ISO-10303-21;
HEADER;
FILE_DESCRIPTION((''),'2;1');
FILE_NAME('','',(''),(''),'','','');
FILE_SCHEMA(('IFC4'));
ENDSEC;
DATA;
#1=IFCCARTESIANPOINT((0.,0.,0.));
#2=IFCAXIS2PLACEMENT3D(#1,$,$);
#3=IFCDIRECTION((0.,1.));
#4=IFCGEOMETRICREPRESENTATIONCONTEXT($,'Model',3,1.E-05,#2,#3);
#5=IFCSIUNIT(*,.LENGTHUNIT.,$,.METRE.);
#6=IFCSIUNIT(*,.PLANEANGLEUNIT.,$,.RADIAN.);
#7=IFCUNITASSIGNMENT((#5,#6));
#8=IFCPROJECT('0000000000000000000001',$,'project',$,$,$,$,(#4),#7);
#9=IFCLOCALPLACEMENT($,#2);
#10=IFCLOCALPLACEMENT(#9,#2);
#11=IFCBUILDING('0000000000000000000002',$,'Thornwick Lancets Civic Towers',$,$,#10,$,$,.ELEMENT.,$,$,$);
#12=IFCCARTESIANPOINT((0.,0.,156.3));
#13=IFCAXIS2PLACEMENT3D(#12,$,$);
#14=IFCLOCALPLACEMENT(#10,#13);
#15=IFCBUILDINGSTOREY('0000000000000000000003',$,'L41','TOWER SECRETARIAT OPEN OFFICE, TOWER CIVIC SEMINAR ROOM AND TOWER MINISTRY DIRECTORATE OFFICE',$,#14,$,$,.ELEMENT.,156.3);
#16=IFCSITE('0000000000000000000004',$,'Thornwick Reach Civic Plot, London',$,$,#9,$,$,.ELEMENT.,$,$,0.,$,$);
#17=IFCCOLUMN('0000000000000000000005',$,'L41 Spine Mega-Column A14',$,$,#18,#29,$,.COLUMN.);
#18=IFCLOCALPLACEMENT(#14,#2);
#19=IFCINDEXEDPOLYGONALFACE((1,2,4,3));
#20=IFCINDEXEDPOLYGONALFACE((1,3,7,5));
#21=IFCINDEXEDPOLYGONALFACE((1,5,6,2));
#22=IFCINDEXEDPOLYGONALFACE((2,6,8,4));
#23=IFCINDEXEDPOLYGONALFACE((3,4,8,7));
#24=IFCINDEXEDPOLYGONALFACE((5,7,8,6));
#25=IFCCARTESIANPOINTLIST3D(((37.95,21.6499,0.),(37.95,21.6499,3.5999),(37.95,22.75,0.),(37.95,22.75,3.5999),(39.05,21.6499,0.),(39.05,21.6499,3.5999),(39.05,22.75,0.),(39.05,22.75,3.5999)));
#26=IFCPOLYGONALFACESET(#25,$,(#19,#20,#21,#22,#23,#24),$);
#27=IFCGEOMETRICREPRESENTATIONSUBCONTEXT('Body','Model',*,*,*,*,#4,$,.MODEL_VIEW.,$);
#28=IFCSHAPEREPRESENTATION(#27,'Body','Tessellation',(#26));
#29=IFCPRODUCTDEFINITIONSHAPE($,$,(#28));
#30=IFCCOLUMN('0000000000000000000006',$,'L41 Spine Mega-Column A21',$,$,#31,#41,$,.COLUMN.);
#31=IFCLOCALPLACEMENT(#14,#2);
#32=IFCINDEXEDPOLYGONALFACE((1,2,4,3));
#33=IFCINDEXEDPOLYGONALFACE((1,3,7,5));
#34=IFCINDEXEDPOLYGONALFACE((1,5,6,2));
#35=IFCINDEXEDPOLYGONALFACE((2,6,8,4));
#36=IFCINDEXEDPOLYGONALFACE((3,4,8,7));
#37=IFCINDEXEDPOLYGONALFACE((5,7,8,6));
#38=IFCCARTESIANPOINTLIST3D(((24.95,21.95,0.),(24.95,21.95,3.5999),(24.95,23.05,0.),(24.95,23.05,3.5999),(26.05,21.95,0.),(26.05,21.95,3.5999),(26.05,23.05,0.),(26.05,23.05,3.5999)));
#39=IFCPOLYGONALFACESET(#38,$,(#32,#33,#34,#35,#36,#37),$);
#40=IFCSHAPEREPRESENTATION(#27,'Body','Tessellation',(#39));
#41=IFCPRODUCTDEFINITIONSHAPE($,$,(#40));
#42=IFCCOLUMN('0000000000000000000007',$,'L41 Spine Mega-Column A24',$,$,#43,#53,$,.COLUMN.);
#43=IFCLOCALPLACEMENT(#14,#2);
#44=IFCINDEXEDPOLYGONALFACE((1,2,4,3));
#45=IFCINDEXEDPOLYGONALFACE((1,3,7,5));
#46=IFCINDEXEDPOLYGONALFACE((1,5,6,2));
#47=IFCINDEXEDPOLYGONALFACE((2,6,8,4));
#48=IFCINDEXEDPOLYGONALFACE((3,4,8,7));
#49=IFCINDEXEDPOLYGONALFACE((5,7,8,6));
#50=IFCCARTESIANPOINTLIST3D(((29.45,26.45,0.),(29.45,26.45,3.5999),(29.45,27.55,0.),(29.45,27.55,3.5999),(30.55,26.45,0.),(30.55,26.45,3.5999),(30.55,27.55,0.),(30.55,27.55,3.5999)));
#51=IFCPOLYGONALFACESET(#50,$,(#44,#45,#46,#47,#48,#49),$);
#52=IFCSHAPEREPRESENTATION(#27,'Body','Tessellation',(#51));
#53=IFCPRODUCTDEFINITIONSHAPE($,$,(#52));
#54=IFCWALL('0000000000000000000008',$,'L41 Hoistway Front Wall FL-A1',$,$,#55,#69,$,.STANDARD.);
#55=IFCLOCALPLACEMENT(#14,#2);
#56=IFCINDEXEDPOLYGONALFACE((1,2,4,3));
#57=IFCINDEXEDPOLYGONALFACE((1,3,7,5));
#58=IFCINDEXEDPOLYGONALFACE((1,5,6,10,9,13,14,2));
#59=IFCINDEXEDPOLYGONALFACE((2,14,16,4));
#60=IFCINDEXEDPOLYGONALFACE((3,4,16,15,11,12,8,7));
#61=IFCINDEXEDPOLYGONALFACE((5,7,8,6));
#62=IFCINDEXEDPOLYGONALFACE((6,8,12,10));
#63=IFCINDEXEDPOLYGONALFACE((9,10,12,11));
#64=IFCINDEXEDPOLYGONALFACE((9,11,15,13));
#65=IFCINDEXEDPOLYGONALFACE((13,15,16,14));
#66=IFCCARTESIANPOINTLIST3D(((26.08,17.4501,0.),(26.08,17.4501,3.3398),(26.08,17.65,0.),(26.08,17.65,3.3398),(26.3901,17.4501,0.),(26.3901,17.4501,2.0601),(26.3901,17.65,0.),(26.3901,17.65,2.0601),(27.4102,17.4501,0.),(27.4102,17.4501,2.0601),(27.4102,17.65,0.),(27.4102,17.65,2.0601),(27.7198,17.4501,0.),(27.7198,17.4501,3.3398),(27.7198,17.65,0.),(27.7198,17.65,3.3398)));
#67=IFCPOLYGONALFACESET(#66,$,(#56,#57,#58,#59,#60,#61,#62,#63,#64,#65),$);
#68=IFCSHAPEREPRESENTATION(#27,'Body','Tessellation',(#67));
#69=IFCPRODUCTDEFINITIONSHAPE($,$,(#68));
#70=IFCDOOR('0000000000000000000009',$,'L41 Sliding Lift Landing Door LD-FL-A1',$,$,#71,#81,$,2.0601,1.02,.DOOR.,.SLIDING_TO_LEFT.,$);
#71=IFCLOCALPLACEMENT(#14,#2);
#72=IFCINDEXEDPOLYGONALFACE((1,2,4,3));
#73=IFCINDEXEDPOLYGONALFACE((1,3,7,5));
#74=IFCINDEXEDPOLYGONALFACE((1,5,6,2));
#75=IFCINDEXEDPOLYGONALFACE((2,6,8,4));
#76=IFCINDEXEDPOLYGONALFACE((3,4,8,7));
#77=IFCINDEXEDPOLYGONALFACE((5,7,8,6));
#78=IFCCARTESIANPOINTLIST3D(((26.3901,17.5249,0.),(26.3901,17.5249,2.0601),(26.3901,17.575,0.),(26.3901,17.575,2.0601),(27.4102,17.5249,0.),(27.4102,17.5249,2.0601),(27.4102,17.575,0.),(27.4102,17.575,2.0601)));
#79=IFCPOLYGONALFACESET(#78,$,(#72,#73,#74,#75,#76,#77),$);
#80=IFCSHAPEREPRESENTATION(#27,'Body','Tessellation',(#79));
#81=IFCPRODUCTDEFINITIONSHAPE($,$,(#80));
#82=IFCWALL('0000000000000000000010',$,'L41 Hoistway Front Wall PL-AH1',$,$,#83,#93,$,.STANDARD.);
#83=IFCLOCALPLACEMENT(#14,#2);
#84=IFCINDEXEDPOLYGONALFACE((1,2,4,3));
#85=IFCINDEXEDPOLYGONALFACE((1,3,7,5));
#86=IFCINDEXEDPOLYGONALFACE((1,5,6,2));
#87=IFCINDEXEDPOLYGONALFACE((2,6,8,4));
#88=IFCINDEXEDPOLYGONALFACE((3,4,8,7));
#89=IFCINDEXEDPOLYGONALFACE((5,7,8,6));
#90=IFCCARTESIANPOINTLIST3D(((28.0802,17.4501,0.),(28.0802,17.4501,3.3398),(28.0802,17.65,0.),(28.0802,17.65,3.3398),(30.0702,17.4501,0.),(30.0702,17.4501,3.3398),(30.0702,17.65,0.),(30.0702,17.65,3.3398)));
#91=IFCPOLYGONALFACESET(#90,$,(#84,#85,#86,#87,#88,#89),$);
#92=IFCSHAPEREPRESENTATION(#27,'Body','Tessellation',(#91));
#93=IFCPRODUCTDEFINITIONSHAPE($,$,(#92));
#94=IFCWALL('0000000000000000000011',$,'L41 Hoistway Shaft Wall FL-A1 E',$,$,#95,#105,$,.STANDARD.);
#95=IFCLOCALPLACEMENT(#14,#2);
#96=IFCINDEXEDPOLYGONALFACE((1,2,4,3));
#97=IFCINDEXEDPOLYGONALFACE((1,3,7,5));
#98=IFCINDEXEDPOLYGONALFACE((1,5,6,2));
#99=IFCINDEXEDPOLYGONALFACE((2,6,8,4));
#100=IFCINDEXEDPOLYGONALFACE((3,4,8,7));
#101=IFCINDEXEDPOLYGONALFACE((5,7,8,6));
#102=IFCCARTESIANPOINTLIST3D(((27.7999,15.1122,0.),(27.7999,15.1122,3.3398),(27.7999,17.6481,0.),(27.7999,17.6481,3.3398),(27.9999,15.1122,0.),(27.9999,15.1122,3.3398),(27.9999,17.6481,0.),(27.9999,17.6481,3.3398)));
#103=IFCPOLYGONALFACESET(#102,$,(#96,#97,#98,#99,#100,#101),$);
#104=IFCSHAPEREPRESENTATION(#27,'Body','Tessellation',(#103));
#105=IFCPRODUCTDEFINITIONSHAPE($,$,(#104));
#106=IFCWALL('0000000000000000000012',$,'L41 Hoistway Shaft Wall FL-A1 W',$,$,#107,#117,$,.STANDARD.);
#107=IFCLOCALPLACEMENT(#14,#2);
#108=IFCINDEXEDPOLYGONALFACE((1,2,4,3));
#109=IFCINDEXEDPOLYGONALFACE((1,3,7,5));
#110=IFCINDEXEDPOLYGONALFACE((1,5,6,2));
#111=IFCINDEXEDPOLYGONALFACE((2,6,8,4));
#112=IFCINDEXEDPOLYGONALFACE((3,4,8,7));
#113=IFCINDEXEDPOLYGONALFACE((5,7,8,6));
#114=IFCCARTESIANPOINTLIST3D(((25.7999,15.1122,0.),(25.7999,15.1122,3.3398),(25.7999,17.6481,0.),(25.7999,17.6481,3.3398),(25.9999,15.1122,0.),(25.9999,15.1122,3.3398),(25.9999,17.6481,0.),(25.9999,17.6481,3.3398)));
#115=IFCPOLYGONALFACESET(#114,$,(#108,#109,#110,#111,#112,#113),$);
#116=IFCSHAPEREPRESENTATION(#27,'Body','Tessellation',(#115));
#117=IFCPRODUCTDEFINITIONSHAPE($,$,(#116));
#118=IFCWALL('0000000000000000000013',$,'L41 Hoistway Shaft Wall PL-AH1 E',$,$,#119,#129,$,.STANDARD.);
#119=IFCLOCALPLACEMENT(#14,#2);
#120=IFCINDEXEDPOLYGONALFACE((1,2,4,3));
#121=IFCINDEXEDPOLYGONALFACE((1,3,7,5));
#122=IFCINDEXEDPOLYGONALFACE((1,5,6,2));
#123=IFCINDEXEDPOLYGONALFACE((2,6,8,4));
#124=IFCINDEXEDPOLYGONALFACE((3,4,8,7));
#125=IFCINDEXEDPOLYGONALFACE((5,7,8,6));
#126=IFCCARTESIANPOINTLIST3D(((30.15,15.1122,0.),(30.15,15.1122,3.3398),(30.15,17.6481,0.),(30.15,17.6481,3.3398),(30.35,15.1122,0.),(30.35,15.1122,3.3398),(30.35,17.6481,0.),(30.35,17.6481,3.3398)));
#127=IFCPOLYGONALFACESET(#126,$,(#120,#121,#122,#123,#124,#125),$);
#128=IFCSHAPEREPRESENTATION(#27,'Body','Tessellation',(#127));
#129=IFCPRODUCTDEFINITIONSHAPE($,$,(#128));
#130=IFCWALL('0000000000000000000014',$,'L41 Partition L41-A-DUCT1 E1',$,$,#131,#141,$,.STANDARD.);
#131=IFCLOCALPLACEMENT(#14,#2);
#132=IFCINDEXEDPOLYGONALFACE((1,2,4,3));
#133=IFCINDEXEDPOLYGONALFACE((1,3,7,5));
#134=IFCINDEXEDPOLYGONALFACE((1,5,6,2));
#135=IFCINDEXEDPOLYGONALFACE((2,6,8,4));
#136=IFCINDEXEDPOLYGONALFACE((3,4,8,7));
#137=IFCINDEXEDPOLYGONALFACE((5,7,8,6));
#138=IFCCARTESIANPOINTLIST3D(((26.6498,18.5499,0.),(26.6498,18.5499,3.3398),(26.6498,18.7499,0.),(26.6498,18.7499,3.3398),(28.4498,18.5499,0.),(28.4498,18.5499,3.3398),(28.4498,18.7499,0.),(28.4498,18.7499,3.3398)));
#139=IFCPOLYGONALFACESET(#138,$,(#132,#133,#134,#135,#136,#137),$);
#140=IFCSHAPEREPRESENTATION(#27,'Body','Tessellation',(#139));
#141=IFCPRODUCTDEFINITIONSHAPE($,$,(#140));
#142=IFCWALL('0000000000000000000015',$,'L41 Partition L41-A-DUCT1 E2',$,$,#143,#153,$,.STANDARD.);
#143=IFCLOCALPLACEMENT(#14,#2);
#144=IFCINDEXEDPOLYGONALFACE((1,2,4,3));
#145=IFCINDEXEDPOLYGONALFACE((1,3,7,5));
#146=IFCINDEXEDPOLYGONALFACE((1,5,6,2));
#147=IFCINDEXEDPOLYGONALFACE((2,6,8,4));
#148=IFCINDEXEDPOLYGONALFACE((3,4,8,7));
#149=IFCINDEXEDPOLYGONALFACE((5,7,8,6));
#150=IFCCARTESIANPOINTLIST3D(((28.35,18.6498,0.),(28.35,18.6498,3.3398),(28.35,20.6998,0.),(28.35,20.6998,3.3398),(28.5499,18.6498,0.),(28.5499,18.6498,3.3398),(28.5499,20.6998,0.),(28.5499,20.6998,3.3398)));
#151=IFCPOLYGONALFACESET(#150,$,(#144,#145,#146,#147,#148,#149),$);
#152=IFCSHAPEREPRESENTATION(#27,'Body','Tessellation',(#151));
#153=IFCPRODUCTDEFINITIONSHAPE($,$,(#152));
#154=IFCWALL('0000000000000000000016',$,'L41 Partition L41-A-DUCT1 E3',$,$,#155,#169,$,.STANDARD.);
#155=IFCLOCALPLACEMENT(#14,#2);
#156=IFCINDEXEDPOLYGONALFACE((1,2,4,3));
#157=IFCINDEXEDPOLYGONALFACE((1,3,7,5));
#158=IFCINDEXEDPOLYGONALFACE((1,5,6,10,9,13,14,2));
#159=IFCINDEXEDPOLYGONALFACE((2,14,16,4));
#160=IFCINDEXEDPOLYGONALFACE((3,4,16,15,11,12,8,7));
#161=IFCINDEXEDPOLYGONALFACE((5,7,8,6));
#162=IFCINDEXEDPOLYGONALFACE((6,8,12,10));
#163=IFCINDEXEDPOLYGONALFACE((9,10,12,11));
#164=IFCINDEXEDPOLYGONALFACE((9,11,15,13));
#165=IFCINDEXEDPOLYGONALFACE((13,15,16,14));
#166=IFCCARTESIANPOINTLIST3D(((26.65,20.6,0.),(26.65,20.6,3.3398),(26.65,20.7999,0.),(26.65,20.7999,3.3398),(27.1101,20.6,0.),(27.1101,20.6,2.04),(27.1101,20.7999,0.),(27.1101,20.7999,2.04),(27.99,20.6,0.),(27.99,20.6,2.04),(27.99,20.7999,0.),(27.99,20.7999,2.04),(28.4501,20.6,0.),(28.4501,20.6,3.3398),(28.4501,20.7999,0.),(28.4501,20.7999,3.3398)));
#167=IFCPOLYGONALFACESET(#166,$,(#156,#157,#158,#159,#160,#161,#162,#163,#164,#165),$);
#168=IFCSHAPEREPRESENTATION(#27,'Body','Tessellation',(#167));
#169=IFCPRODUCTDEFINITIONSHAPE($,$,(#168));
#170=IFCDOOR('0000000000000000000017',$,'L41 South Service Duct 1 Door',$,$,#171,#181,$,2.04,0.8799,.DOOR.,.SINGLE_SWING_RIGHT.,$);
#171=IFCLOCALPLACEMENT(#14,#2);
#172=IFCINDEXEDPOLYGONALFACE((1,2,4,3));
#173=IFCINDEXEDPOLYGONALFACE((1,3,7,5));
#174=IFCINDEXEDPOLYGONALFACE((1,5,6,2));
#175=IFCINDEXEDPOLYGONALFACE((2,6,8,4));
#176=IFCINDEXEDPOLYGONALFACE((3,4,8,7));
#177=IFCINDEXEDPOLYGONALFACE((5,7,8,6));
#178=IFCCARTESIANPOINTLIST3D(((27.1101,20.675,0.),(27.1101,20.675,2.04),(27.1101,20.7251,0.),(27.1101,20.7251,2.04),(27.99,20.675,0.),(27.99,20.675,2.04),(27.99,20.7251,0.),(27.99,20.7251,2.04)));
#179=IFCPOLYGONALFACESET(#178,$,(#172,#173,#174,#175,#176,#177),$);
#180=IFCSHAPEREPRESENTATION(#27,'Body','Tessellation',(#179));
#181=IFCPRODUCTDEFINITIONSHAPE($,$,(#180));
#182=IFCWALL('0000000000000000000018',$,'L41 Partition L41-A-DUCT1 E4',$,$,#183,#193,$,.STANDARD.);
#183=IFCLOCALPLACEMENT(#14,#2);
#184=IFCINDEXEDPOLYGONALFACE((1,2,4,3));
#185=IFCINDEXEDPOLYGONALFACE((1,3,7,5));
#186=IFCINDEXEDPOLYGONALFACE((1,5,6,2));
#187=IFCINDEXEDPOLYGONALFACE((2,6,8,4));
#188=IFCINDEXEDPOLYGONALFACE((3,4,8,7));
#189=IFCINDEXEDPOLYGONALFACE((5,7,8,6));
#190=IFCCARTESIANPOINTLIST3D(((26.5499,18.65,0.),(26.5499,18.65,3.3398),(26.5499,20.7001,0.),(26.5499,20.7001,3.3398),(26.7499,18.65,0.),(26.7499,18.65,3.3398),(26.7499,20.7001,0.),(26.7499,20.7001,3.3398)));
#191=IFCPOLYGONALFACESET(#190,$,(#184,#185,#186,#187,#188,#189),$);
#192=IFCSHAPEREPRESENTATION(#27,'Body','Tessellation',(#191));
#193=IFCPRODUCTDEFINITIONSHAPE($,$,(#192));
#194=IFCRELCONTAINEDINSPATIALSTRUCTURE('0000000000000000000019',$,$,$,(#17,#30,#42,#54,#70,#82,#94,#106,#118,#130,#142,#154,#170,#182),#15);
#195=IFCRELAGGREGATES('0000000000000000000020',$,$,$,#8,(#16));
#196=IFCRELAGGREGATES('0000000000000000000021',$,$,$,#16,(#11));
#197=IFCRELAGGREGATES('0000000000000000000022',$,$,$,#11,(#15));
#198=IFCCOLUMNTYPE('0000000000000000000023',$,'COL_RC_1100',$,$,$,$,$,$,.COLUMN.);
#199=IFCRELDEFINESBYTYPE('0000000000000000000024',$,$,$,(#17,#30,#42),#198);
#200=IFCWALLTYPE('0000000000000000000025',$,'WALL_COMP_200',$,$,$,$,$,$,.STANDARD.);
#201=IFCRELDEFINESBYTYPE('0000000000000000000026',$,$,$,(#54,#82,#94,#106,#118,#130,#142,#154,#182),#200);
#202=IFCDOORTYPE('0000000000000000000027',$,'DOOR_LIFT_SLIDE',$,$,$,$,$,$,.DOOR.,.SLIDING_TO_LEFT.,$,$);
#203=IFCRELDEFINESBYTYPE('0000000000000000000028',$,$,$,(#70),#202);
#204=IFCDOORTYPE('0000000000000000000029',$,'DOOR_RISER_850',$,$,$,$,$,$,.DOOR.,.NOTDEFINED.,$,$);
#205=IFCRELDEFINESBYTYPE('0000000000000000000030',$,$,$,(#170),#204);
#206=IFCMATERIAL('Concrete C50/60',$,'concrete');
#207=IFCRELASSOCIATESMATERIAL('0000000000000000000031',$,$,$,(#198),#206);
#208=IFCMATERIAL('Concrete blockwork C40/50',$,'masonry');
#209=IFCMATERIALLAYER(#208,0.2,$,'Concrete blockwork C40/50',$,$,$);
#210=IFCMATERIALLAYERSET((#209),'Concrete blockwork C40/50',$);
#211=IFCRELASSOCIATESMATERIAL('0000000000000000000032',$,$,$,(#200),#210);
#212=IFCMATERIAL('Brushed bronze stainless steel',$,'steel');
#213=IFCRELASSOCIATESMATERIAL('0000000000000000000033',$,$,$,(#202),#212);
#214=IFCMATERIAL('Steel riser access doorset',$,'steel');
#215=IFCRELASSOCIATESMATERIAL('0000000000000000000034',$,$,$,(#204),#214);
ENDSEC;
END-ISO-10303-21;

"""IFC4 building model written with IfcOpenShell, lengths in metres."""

from ifc_helpers import new_model, si_unit, direction, frame, frame_2d, origin, origin_2d, place, context, subcontext, project, spatial, rectangle, extrude, material, layer, layer_set, material_profile, profile_set, type_object, element, fill, save


model = new_model("IFC4")

# Units and contexts
model_context = context("Model", 3, precision=1e-05, world=origin(), true_north=direction((0.0, 1.0)))
body_context = subcontext(model_context, "Body", "Model", "MODEL_VIEW")
ifc_project = project(units=[si_unit("LENGTHUNIT", "METRE"), si_unit("PLANEANGLEUNIT", "RADIAN")], contexts=[model_context])

# Site, building, storey
site_placement = place(None, origin())
site = spatial("IfcSite", under=ifc_project, at=site_placement, Name="Thornwick Reach Civic Plot, London", CompositionType="ELEMENT", RefElevation=0.0)
building_placement = place(site_placement, origin())
building = spatial("IfcBuilding", under=site, at=building_placement, Name="Thornwick Lancets Civic Towers", CompositionType="ELEMENT")
storey_placement = place(building_placement, frame((0.0, 0.0, 156.3)))
storey = spatial("IfcBuildingStorey", under=building, at=storey_placement, Name="L41", Description="TOWER SECRETARIAT OPEN OFFICE, TOWER CIVIC SEMINAR ROOM AND TOWER MINISTRY DIRECTORATE OFFICE", CompositionType="ELEMENT", Elevation=156.3)

# Columns
ifc_material_1 = material(Name="Concrete C50/60", Category="concrete")
ifc_material_profile = material_profile(ifc_material_1, rectangle(XDim=1.1001, YDim=1.1001, at=origin_2d()), Name="RC 1100x1100")
ifc_profile_set = profile_set([ifc_material_profile], Name="Concrete C50/60")
column_type = type_object("IfcColumnType", Name="COL_RC_1100", PredefinedType="COLUMN", material=ifc_profile_set)
for number, where, z_axis, x_axis, name in (
    (1, (38.5, 22.2, 0.0), (0.0, 0.0, 1.0), (1.0, 0.0, 0.0), "L41 Spine Mega-Column A14"),
    (2, (25.5, 22.5, 0.0), (0.0, 0.0, 1.0), (1.0, 0.0, 0.0), "L41 Spine Mega-Column A21"),
    (3, (30.0, 27.0, 0.0), (0.0, 0.0, 1.0), (1.0, 0.0, 0.0), "L41 Spine Mega-Column A24"),
):
    element("IfcColumn", number, at=place(storey_placement, frame(where, z_axis=z_axis, x_axis=x_axis)), inside=storey, type_object=column_type, Name=name, PredefinedType="COLUMN", context=body_context, shape_type="SweptSolid", body=[
        extrude(rectangle(XDim=1.1001, YDim=1.1001, at=origin_2d()), origin(), (0.0, 0.0, 1.0), 3.5999),
    ])

# Wall, opening, door
ifc_material_2 = material(Name="Concrete blockwork C40/50", Category="masonry")
ifc_layer_1 = layer(ifc_material_2, 0.2, Name="Concrete blockwork C40/50")
ifc_layer_set_1 = layer_set([ifc_layer_1], Name="Concrete blockwork C40/50")
wall_type_1 = type_object("IfcWallType", Name="WALL_COMP_200", PredefinedType="STANDARD", material=ifc_layer_set_1)
wall_1_placement = place(storey_placement, frame((26.0801, 17.55, 0.0), z_axis=(0.0, 0.0, 1.0), x_axis=(1.0, 0.0, 0.0)))
wall_1 = element("IfcWall", 4, at=wall_1_placement, inside=storey, type_object=wall_type_1, Name="L41 Hoistway Front Wall FL-A1", PredefinedType="STANDARD", context=body_context, shape_type="SweptSolid", body=[
    extrude(rectangle(XDim=1.6399, YDim=0.2, at=frame_2d((0.8198, 0.0))), origin(), (0.0, 0.0, 1.0), 3.3398),
])
opening_1_placement = place(wall_1_placement, frame((0.3101, 0.0, 0.0)))
opening_1 = element("IfcOpeningElement", 5, at=opening_1_placement, cuts=wall_1, PredefinedType="OPENING", context=body_context, shape_type="SweptSolid", body=[
    extrude(rectangle(XDim=1.02, YDim=2.0601, at=frame_2d((0.51, 1.03))), frame((0.0, 0.1099, 0.0), z_axis=(0.0, -1.0, 0.0), x_axis=(1.0, 0.0, 0.0)), (0.0, 0.0, 1.0), 0.22),
])
ifc_material_3 = material(Name="Brushed bronze stainless steel", Category="steel")
door_type_1 = type_object("IfcDoorType", Name="DOOR_LIFT_SLIDE", OperationType="SLIDING_TO_LEFT", PredefinedType="DOOR", material=ifc_material_3)
door_1_placement = place(opening_1_placement, origin())
door_1 = element("IfcDoor", 6, at=door_1_placement, inside=storey, type_object=door_type_1, Name="L41 Sliding Lift Landing Door LD-FL-A1", OperationType="SLIDING_TO_LEFT", OverallHeight=2.0601, OverallWidth=1.02, PredefinedType="DOOR", context=body_context, shape_type="SweptSolid", body=[
    extrude(rectangle(XDim=1.02, YDim=2.0601, at=frame_2d((0.51, 1.03))), frame((0.0, 0.0249, 0.0), z_axis=(0.0, -1.0, 0.0), x_axis=(1.0, 0.0, 0.0)), (0.0, 0.0, 1.0), 0.05),
])
fill(opening_1, door_1)

# Walls
wall_2_placement = place(storey_placement, frame((28.0801, 17.55, 0.0), z_axis=(0.0, 0.0, 1.0), x_axis=(1.0, 0.0, 0.0)))
element("IfcWall", 7, at=wall_2_placement, inside=storey, type_object=wall_type_1, Name="L41 Hoistway Front Wall PL-AH1", PredefinedType="STANDARD", context=body_context, shape_type="SweptSolid", body=[
    extrude(rectangle(XDim=1.99, YDim=0.2, at=frame_2d((0.9951, 0.0))), origin(), (0.0, 0.0, 1.0), 3.3398),
])
for number, where, z_axis, x_axis, name in (
    (8, (27.8999, 15.1121, 0.0), (0.0, 0.0, 1.0), (0.0, 1.0, 0.0), "L41 Hoistway Shaft Wall FL-A1 E"),
    (9, (25.8999, 15.1121, 0.0), (0.0, 0.0, 1.0), (0.0, 1.0, 0.0), "L41 Hoistway Shaft Wall FL-A1 W"),
    (10, (30.25, 15.1121, 0.0), (0.0, 0.0, 1.0), (0.0, 1.0, 0.0), "L41 Hoistway Shaft Wall PL-AH1 E"),
):
    element("IfcWall", number, at=place(storey_placement, frame(where, z_axis=z_axis, x_axis=x_axis)), inside=storey, type_object=wall_type_1, Name=name, PredefinedType="STANDARD", context=body_context, shape_type="SweptSolid", body=[
        extrude(rectangle(XDim=2.5359, YDim=0.2, at=frame_2d((1.2681, 0.0))), origin(), (0.0, 0.0, 1.0), 3.3398),
    ])
wall_3_placement = place(storey_placement, frame((26.6499, 18.6499, 0.0), z_axis=(0.0, 0.0, 1.0), x_axis=(1.0, 0.0, 0.0)))
element("IfcWall", 11, at=wall_3_placement, inside=storey, type_object=wall_type_1, Name="L41 Partition L41-A-DUCT1 E1", PredefinedType="STANDARD", context=body_context, shape_type="SweptSolid", body=[
    extrude(rectangle(XDim=1.8, YDim=0.2, at=frame_2d((0.8999, 0.0))), origin(), (0.0, 0.0, 1.0), 3.3398),
])
wall_4_placement = place(storey_placement, frame((28.45, 18.6499, 0.0), z_axis=(0.0, 0.0, 1.0), x_axis=(0.0, 1.0, 0.0)))
element("IfcWall", 12, at=wall_4_placement, inside=storey, type_object=wall_type_1, Name="L41 Partition L41-A-DUCT1 E2", PredefinedType="STANDARD", context=body_context, shape_type="SweptSolid", body=[
    extrude(rectangle(XDim=2.05, YDim=0.2, at=frame_2d((1.0249, 0.0))), origin(), (0.0, 0.0, 1.0), 3.3398),
])

# Wall, opening, door
wall_5_placement = place(storey_placement, frame((28.45, 20.7, 0.0), z_axis=(0.0, 0.0, 1.0), x_axis=(-1.0, 0.0, 0.0)))
wall_5 = element("IfcWall", 13, at=wall_5_placement, inside=storey, type_object=wall_type_1, Name="L41 Partition L41-A-DUCT1 E3", PredefinedType="STANDARD", context=body_context, shape_type="SweptSolid", body=[
    extrude(rectangle(XDim=1.8, YDim=0.2, at=frame_2d((0.8999, 0.0))), origin(), (0.0, 0.0, 1.0), 3.3398),
])
opening_2_placement = place(wall_5_placement, frame((0.46, 0.0, 0.0)))
opening_2 = element("IfcOpeningElement", 14, at=opening_2_placement, cuts=wall_5, PredefinedType="OPENING", context=body_context, shape_type="SweptSolid", body=[
    extrude(rectangle(XDim=0.8799, YDim=2.04, at=frame_2d((0.4399, 1.02))), frame((0.0, 0.1099, 0.0), z_axis=(0.0, -1.0, 0.0), x_axis=(1.0, 0.0, 0.0)), (0.0, 0.0, 1.0), 0.22),
])
ifc_material_4 = material(Name="Steel riser access doorset", Category="steel")
door_type_2 = type_object("IfcDoorType", Name="DOOR_RISER_850", OperationType="NOTDEFINED", PredefinedType="DOOR", material=ifc_material_4)
door_2_placement = place(opening_2_placement, origin())
door_2 = element("IfcDoor", 15, at=door_2_placement, inside=storey, type_object=door_type_2, Name="L41 South Service Duct 1 Door", OperationType="SINGLE_SWING_RIGHT", OverallHeight=2.04, OverallWidth=0.8799, PredefinedType="DOOR", context=body_context, shape_type="SweptSolid", body=[
    extrude(rectangle(XDim=0.8799, YDim=2.04, at=frame_2d((0.4399, 1.02))), frame((0.0, 0.0249, 0.0), z_axis=(0.0, -1.0, 0.0), x_axis=(1.0, 0.0, 0.0)), (0.0, 0.0, 1.0), 0.05),
])
fill(opening_2, door_2)

# Wall
wall_6_placement = place(storey_placement, frame((26.6499, 20.7, 0.0), z_axis=(0.0, 0.0, 1.0), x_axis=(0.0, -1.0, 0.0)))
element("IfcWall", 16, at=wall_6_placement, inside=storey, type_object=wall_type_1, Name="L41 Partition L41-A-DUCT1 E4", PredefinedType="STANDARD", context=body_context, shape_type="SweptSolid", body=[
    extrude(rectangle(XDim=2.05, YDim=0.2, at=frame_2d((1.0249, 0.0))), origin(), (0.0, 0.0, 1.0), 3.3398),
])

save(model, "model.ifc")
